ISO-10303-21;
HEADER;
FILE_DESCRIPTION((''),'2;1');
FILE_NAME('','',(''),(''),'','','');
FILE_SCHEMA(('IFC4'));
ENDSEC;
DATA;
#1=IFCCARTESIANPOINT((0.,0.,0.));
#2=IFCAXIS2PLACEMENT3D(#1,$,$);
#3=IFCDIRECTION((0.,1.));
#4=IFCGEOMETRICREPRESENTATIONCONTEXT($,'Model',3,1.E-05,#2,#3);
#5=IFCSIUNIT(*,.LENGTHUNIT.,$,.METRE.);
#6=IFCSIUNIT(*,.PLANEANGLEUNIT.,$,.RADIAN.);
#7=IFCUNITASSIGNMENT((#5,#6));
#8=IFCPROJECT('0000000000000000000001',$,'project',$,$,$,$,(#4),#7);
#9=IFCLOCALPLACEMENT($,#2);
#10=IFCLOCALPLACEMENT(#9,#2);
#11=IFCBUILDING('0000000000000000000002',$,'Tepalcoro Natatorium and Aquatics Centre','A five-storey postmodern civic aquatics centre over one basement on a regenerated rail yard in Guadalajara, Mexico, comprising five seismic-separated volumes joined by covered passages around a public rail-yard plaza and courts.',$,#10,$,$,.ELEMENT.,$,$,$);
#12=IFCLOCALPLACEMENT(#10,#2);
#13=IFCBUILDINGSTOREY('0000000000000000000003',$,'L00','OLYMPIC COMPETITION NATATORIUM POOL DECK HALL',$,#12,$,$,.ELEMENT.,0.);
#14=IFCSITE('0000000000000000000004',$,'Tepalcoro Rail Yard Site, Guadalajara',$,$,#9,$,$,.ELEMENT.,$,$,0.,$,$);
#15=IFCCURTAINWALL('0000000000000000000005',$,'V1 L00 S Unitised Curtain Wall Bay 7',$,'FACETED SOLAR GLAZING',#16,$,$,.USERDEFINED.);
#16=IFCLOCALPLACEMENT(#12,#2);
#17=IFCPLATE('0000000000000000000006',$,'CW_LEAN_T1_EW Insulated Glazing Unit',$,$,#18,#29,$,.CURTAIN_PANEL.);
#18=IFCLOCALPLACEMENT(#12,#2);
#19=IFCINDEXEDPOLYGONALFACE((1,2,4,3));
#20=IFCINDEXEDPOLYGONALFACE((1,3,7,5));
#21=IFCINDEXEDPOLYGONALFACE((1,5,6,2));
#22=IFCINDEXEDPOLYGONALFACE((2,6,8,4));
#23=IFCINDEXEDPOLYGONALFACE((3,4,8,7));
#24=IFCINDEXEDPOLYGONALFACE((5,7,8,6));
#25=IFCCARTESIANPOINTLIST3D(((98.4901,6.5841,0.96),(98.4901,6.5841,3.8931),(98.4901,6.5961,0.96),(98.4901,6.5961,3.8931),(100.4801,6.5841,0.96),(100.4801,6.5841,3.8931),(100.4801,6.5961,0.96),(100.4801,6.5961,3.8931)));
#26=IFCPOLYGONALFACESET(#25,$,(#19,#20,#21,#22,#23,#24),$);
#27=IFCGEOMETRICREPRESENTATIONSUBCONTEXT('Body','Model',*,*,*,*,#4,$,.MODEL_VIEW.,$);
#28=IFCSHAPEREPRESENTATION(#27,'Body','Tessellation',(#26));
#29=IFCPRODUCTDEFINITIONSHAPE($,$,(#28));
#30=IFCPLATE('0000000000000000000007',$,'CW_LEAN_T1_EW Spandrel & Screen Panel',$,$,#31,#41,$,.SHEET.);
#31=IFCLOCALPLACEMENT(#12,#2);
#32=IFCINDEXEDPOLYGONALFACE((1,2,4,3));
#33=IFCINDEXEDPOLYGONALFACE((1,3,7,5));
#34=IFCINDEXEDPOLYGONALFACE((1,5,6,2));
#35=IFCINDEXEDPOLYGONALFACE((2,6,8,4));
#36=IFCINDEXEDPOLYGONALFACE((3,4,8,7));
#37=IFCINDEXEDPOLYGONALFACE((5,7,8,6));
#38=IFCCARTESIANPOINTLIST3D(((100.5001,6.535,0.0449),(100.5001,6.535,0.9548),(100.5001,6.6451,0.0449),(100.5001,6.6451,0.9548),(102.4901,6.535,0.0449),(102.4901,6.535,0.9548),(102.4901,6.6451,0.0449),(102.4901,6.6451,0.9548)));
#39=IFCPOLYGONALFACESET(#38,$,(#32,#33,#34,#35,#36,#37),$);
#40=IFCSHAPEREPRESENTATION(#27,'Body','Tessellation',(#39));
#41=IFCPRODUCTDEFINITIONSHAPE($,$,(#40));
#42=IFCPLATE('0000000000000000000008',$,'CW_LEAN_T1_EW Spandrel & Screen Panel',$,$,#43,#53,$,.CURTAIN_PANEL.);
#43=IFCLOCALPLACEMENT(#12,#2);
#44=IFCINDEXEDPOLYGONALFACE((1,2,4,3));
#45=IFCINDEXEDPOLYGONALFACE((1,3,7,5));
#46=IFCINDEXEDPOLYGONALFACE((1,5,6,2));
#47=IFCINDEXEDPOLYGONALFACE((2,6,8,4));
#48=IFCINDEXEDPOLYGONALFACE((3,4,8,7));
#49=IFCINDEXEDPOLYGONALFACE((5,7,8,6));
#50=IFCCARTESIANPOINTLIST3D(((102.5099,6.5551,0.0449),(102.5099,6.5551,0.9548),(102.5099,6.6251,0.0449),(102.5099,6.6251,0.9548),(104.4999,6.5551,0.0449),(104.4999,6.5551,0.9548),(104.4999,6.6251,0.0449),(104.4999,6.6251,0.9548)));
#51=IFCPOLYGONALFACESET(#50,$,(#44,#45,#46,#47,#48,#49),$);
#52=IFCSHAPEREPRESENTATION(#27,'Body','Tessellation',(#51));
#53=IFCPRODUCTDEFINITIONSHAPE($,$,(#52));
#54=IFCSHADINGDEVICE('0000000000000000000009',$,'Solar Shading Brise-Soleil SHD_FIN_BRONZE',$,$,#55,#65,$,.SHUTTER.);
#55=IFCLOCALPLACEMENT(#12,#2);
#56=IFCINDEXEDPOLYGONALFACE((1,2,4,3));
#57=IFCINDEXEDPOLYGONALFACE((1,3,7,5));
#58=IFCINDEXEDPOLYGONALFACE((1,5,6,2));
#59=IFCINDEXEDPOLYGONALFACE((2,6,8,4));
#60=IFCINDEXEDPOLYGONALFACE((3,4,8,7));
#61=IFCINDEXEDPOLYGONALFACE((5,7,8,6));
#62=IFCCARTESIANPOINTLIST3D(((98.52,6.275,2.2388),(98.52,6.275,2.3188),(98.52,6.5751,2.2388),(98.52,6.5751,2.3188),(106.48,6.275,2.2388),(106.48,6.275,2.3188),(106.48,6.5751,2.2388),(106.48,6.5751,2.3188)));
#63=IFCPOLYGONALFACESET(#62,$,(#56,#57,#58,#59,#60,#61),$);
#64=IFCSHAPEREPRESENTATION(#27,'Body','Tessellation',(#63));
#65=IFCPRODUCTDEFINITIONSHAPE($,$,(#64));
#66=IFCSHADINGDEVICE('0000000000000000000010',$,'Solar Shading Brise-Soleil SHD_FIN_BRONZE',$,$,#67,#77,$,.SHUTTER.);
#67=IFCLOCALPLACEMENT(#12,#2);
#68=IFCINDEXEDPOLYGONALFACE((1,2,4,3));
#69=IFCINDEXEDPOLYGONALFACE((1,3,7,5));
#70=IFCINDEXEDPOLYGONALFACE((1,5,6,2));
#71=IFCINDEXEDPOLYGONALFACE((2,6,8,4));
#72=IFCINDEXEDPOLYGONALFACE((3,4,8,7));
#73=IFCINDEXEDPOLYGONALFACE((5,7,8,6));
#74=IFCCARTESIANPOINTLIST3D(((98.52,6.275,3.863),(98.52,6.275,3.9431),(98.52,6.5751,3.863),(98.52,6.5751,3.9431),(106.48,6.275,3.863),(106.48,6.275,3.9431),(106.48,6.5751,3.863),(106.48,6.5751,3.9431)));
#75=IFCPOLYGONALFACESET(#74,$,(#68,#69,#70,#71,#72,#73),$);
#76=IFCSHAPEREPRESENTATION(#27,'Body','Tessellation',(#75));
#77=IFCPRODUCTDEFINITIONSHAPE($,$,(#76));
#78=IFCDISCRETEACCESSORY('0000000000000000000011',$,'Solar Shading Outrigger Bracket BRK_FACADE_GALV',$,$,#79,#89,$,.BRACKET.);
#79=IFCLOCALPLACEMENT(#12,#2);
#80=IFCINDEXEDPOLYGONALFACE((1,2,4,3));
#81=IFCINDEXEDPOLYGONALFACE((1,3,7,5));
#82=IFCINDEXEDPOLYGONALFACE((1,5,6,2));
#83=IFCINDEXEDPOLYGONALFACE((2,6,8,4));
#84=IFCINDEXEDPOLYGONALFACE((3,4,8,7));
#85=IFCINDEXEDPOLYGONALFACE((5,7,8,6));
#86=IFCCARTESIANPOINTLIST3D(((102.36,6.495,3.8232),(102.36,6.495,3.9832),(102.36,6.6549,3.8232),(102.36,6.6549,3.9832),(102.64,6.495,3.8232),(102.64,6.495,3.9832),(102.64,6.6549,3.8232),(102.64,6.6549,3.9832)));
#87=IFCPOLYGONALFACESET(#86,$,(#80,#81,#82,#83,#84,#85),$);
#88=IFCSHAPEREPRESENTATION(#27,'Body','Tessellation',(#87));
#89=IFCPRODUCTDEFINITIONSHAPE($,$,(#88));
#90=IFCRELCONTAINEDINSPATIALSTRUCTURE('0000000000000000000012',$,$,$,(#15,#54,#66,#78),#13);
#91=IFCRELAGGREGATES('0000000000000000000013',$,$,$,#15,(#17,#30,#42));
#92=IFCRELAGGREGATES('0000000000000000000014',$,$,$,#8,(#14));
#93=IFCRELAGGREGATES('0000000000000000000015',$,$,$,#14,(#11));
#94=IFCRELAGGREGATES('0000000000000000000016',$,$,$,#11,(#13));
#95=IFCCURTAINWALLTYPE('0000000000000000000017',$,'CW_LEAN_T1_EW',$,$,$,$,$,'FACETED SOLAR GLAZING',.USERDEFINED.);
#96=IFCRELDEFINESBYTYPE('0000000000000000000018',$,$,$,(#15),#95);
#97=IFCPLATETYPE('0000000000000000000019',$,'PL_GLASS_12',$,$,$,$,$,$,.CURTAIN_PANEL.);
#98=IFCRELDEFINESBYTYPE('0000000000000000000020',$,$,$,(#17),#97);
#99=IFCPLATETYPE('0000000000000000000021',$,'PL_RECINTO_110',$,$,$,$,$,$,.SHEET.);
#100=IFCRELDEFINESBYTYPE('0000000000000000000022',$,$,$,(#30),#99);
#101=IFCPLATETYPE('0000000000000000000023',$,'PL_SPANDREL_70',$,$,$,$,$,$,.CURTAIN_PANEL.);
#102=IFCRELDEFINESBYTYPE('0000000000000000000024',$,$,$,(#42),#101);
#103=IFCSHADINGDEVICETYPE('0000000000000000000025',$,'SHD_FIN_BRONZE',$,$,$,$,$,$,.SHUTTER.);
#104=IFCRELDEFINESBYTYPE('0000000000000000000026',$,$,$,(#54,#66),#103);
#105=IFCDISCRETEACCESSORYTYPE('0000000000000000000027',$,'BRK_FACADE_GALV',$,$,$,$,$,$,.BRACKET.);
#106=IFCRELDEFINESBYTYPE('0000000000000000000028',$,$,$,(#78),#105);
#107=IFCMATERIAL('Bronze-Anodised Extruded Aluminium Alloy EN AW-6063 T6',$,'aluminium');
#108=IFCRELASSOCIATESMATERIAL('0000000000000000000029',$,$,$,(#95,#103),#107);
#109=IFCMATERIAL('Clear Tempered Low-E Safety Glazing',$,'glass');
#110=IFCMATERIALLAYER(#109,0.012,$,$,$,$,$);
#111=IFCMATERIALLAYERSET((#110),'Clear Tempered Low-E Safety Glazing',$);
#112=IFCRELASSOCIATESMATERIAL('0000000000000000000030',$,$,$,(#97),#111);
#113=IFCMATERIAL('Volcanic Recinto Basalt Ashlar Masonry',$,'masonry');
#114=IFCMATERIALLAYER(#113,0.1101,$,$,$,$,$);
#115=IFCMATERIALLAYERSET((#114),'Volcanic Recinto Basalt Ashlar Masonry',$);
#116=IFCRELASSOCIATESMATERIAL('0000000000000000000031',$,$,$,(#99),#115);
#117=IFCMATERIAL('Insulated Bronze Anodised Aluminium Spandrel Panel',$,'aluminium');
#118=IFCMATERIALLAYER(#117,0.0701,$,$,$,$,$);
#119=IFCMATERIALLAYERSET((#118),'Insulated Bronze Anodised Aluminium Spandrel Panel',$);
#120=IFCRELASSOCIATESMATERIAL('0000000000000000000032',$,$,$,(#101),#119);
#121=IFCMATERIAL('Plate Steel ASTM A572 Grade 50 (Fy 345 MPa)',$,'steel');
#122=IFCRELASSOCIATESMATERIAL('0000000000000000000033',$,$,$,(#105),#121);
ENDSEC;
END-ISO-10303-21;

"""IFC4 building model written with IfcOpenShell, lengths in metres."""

from ifc_helpers import new_model, si_unit, direction, frame, origin, origin_2d, place, context, subcontext, project, spatial, rectangle, extrude, material, layer, layer_set, type_object, element, aggregate, save


model = new_model("IFC4")

# Units and contexts
model_context = context("Model", 3, precision=1e-05, world=origin(), true_north=direction((0.0, 1.0)))
body_context = subcontext(model_context, "Body", "Model", "MODEL_VIEW")
ifc_project = project(units=[si_unit("LENGTHUNIT", "METRE"), si_unit("PLANEANGLEUNIT", "RADIAN")], contexts=[model_context])

# Site, building, storey
site_placement = place(None, origin())
site = spatial("IfcSite", under=ifc_project, at=site_placement, Name="Tepalcoro Rail Yard Site, Guadalajara", CompositionType="ELEMENT", RefElevation=0.0)
building_placement = place(site_placement, origin())
building = spatial("IfcBuilding", under=site, at=building_placement, Name="Tepalcoro Natatorium and Aquatics Centre", Description="A five-storey postmodern civic aquatics centre over one basement on a regenerated rail yard in Guadalajara, Mexico, comprising five seismic-separated volumes joined by covered passages around a public rail-yard plaza and courts.", CompositionType="ELEMENT")
storey_placement = place(building_placement, origin())
storey = spatial("IfcBuildingStorey", under=building, at=storey_placement, Name="L00", Description="OLYMPIC COMPETITION NATATORIUM POOL DECK HALL", CompositionType="ELEMENT", Elevation=0.0)

# Curtain wall
ifc_material_1 = material(Name="Bronze-Anodised Extruded Aluminium Alloy EN AW-6063 T6", Category="aluminium")
curtain_wall_type = type_object("IfcCurtainWallType", Name="CW_LEAN_T1_EW", ElementType="FACETED SOLAR GLAZING", PredefinedType="USERDEFINED", material=ifc_material_1)
curtain_wall_placement = place(storey_placement, origin())
curtain_wall = element("IfcCurtainWall", 1, at=curtain_wall_placement, inside=storey, type_object=curtain_wall_type, Name="V1 L00 S Unitised Curtain Wall Bay 7", ObjectType="FACETED SOLAR GLAZING", PredefinedType="USERDEFINED")

# Plates
ifc_material_2 = material(Name="Clear Tempered Low-E Safety Glazing", Category="glass")
ifc_layer_1 = layer(ifc_material_2, 0.012)
ifc_layer_set_1 = layer_set([ifc_layer_1], Name="Clear Tempered Low-E Safety Glazing")
plate_type_1 = type_object("IfcPlateType", Name="PL_GLASS_12", PredefinedType="CURTAIN_PANEL", material=ifc_layer_set_1)
plate_1_placement = place(storey_placement, frame((99.4851, 6.5901, 0.96), z_axis=(0.0, 0.0, 1.0), x_axis=(1.0, 0.0, 0.0)))
plate_1 = element("IfcPlate", 2, at=plate_1_placement, type_object=plate_type_1, Name="CW_LEAN_T1_EW Insulated Glazing Unit", PredefinedType="CURTAIN_PANEL", context=body_context, shape_type="SweptSolid", body=[
    extrude(rectangle(XDim=1.99, YDim=0.012, at=origin_2d()), origin(), (0.0, 0.0, 1.0), 2.9331),
])
ifc_material_3 = material(Name="Volcanic Recinto Basalt Ashlar Masonry", Category="masonry")
ifc_layer_2 = layer(ifc_material_3, 0.1101)
ifc_layer_set_2 = layer_set([ifc_layer_2], Name="Volcanic Recinto Basalt Ashlar Masonry")
plate_type_2 = type_object("IfcPlateType", Name="PL_RECINTO_110", PredefinedType="SHEET", material=ifc_layer_set_2)
plate_2_placement = place(storey_placement, frame((101.4951, 6.5901, 0.0449), z_axis=(0.0, 0.0, 1.0), x_axis=(1.0, 0.0, 0.0)))
plate_2 = element("IfcPlate", 3, at=plate_2_placement, type_object=plate_type_2, Name="CW_LEAN_T1_EW Spandrel & Screen Panel", PredefinedType="SHEET", context=body_context, shape_type="SweptSolid", body=[
    extrude(rectangle(XDim=1.99, YDim=0.1101, at=origin_2d()), origin(), (0.0, 0.0, 1.0), 0.9099),
])
ifc_material_4 = material(Name="Insulated Bronze Anodised Aluminium Spandrel Panel", Category="aluminium")
ifc_layer_3 = layer(ifc_material_4, 0.0701)
ifc_layer_set_3 = layer_set([ifc_layer_3], Name="Insulated Bronze Anodised Aluminium Spandrel Panel")
plate_type_3 = type_object("IfcPlateType", Name="PL_SPANDREL_70", PredefinedType="CURTAIN_PANEL", material=ifc_layer_set_3)
plate_3_placement = place(storey_placement, frame((103.5049, 6.5901, 0.0449), z_axis=(0.0, 0.0, 1.0), x_axis=(1.0, 0.0, 0.0)))
plate_3 = element("IfcPlate", 4, at=plate_3_placement, type_object=plate_type_3, Name="CW_LEAN_T1_EW Spandrel & Screen Panel", PredefinedType="CURTAIN_PANEL", context=body_context, shape_type="SweptSolid", body=[
    extrude(rectangle(XDim=1.99, YDim=0.0701, at=origin_2d()), origin(), (0.0, 0.0, 1.0), 0.9099),
])
aggregate(curtain_wall, [plate_1, plate_2, plate_3])

# Shading devices
shading_device_type = type_object("IfcShadingDeviceType", Name="SHD_FIN_BRONZE", PredefinedType="SHUTTER", material=ifc_material_1)
for number, where, z_axis, x_axis, name in (
    (5, (102.5, 6.425, 2.2388), (0.0, 0.0, 1.0), (1.0, 0.0, 0.0), "Solar Shading Brise-Soleil SHD_FIN_BRONZE"),
    (6, (102.5, 6.425, 3.863), (0.0, 0.0, 1.0), (1.0, 0.0, 0.0), "Solar Shading Brise-Soleil SHD_FIN_BRONZE"),
):
    element("IfcShadingDevice", number, at=place(storey_placement, frame(where, z_axis=z_axis, x_axis=x_axis)), inside=storey, type_object=shading_device_type, Name=name, PredefinedType="SHUTTER", context=body_context, shape_type="SweptSolid", body=[
        extrude(rectangle(XDim=7.96, YDim=0.3, at=origin_2d()), origin(), (0.0, 0.0, 1.0), 0.0801),
    ])

# Discrete accessory
ifc_material_5 = material(Name="Plate Steel ASTM A572 Grade 50 (Fy 345 MPa)", Category="steel")
discrete_accessory_type = type_object("IfcDiscreteAccessoryType", Name="BRK_FACADE_GALV", PredefinedType="BRACKET", material=ifc_material_5)
discrete_accessory_placement = place(storey_placement, frame((102.5, 6.575, 3.8232), z_axis=(0.0, 0.0, 1.0), x_axis=(1.0, 0.0, 0.0)))
element("IfcDiscreteAccessory", 7, at=discrete_accessory_placement, inside=storey, type_object=discrete_accessory_type, Name="Solar Shading Outrigger Bracket BRK_FACADE_GALV", PredefinedType="BRACKET", context=body_context, shape_type="SweptSolid", body=[
    extrude(rectangle(XDim=0.28, YDim=0.1599, at=origin_2d()), origin(), (0.0, 0.0, 1.0), 0.1599),
])

save(model, "model.ifc")
